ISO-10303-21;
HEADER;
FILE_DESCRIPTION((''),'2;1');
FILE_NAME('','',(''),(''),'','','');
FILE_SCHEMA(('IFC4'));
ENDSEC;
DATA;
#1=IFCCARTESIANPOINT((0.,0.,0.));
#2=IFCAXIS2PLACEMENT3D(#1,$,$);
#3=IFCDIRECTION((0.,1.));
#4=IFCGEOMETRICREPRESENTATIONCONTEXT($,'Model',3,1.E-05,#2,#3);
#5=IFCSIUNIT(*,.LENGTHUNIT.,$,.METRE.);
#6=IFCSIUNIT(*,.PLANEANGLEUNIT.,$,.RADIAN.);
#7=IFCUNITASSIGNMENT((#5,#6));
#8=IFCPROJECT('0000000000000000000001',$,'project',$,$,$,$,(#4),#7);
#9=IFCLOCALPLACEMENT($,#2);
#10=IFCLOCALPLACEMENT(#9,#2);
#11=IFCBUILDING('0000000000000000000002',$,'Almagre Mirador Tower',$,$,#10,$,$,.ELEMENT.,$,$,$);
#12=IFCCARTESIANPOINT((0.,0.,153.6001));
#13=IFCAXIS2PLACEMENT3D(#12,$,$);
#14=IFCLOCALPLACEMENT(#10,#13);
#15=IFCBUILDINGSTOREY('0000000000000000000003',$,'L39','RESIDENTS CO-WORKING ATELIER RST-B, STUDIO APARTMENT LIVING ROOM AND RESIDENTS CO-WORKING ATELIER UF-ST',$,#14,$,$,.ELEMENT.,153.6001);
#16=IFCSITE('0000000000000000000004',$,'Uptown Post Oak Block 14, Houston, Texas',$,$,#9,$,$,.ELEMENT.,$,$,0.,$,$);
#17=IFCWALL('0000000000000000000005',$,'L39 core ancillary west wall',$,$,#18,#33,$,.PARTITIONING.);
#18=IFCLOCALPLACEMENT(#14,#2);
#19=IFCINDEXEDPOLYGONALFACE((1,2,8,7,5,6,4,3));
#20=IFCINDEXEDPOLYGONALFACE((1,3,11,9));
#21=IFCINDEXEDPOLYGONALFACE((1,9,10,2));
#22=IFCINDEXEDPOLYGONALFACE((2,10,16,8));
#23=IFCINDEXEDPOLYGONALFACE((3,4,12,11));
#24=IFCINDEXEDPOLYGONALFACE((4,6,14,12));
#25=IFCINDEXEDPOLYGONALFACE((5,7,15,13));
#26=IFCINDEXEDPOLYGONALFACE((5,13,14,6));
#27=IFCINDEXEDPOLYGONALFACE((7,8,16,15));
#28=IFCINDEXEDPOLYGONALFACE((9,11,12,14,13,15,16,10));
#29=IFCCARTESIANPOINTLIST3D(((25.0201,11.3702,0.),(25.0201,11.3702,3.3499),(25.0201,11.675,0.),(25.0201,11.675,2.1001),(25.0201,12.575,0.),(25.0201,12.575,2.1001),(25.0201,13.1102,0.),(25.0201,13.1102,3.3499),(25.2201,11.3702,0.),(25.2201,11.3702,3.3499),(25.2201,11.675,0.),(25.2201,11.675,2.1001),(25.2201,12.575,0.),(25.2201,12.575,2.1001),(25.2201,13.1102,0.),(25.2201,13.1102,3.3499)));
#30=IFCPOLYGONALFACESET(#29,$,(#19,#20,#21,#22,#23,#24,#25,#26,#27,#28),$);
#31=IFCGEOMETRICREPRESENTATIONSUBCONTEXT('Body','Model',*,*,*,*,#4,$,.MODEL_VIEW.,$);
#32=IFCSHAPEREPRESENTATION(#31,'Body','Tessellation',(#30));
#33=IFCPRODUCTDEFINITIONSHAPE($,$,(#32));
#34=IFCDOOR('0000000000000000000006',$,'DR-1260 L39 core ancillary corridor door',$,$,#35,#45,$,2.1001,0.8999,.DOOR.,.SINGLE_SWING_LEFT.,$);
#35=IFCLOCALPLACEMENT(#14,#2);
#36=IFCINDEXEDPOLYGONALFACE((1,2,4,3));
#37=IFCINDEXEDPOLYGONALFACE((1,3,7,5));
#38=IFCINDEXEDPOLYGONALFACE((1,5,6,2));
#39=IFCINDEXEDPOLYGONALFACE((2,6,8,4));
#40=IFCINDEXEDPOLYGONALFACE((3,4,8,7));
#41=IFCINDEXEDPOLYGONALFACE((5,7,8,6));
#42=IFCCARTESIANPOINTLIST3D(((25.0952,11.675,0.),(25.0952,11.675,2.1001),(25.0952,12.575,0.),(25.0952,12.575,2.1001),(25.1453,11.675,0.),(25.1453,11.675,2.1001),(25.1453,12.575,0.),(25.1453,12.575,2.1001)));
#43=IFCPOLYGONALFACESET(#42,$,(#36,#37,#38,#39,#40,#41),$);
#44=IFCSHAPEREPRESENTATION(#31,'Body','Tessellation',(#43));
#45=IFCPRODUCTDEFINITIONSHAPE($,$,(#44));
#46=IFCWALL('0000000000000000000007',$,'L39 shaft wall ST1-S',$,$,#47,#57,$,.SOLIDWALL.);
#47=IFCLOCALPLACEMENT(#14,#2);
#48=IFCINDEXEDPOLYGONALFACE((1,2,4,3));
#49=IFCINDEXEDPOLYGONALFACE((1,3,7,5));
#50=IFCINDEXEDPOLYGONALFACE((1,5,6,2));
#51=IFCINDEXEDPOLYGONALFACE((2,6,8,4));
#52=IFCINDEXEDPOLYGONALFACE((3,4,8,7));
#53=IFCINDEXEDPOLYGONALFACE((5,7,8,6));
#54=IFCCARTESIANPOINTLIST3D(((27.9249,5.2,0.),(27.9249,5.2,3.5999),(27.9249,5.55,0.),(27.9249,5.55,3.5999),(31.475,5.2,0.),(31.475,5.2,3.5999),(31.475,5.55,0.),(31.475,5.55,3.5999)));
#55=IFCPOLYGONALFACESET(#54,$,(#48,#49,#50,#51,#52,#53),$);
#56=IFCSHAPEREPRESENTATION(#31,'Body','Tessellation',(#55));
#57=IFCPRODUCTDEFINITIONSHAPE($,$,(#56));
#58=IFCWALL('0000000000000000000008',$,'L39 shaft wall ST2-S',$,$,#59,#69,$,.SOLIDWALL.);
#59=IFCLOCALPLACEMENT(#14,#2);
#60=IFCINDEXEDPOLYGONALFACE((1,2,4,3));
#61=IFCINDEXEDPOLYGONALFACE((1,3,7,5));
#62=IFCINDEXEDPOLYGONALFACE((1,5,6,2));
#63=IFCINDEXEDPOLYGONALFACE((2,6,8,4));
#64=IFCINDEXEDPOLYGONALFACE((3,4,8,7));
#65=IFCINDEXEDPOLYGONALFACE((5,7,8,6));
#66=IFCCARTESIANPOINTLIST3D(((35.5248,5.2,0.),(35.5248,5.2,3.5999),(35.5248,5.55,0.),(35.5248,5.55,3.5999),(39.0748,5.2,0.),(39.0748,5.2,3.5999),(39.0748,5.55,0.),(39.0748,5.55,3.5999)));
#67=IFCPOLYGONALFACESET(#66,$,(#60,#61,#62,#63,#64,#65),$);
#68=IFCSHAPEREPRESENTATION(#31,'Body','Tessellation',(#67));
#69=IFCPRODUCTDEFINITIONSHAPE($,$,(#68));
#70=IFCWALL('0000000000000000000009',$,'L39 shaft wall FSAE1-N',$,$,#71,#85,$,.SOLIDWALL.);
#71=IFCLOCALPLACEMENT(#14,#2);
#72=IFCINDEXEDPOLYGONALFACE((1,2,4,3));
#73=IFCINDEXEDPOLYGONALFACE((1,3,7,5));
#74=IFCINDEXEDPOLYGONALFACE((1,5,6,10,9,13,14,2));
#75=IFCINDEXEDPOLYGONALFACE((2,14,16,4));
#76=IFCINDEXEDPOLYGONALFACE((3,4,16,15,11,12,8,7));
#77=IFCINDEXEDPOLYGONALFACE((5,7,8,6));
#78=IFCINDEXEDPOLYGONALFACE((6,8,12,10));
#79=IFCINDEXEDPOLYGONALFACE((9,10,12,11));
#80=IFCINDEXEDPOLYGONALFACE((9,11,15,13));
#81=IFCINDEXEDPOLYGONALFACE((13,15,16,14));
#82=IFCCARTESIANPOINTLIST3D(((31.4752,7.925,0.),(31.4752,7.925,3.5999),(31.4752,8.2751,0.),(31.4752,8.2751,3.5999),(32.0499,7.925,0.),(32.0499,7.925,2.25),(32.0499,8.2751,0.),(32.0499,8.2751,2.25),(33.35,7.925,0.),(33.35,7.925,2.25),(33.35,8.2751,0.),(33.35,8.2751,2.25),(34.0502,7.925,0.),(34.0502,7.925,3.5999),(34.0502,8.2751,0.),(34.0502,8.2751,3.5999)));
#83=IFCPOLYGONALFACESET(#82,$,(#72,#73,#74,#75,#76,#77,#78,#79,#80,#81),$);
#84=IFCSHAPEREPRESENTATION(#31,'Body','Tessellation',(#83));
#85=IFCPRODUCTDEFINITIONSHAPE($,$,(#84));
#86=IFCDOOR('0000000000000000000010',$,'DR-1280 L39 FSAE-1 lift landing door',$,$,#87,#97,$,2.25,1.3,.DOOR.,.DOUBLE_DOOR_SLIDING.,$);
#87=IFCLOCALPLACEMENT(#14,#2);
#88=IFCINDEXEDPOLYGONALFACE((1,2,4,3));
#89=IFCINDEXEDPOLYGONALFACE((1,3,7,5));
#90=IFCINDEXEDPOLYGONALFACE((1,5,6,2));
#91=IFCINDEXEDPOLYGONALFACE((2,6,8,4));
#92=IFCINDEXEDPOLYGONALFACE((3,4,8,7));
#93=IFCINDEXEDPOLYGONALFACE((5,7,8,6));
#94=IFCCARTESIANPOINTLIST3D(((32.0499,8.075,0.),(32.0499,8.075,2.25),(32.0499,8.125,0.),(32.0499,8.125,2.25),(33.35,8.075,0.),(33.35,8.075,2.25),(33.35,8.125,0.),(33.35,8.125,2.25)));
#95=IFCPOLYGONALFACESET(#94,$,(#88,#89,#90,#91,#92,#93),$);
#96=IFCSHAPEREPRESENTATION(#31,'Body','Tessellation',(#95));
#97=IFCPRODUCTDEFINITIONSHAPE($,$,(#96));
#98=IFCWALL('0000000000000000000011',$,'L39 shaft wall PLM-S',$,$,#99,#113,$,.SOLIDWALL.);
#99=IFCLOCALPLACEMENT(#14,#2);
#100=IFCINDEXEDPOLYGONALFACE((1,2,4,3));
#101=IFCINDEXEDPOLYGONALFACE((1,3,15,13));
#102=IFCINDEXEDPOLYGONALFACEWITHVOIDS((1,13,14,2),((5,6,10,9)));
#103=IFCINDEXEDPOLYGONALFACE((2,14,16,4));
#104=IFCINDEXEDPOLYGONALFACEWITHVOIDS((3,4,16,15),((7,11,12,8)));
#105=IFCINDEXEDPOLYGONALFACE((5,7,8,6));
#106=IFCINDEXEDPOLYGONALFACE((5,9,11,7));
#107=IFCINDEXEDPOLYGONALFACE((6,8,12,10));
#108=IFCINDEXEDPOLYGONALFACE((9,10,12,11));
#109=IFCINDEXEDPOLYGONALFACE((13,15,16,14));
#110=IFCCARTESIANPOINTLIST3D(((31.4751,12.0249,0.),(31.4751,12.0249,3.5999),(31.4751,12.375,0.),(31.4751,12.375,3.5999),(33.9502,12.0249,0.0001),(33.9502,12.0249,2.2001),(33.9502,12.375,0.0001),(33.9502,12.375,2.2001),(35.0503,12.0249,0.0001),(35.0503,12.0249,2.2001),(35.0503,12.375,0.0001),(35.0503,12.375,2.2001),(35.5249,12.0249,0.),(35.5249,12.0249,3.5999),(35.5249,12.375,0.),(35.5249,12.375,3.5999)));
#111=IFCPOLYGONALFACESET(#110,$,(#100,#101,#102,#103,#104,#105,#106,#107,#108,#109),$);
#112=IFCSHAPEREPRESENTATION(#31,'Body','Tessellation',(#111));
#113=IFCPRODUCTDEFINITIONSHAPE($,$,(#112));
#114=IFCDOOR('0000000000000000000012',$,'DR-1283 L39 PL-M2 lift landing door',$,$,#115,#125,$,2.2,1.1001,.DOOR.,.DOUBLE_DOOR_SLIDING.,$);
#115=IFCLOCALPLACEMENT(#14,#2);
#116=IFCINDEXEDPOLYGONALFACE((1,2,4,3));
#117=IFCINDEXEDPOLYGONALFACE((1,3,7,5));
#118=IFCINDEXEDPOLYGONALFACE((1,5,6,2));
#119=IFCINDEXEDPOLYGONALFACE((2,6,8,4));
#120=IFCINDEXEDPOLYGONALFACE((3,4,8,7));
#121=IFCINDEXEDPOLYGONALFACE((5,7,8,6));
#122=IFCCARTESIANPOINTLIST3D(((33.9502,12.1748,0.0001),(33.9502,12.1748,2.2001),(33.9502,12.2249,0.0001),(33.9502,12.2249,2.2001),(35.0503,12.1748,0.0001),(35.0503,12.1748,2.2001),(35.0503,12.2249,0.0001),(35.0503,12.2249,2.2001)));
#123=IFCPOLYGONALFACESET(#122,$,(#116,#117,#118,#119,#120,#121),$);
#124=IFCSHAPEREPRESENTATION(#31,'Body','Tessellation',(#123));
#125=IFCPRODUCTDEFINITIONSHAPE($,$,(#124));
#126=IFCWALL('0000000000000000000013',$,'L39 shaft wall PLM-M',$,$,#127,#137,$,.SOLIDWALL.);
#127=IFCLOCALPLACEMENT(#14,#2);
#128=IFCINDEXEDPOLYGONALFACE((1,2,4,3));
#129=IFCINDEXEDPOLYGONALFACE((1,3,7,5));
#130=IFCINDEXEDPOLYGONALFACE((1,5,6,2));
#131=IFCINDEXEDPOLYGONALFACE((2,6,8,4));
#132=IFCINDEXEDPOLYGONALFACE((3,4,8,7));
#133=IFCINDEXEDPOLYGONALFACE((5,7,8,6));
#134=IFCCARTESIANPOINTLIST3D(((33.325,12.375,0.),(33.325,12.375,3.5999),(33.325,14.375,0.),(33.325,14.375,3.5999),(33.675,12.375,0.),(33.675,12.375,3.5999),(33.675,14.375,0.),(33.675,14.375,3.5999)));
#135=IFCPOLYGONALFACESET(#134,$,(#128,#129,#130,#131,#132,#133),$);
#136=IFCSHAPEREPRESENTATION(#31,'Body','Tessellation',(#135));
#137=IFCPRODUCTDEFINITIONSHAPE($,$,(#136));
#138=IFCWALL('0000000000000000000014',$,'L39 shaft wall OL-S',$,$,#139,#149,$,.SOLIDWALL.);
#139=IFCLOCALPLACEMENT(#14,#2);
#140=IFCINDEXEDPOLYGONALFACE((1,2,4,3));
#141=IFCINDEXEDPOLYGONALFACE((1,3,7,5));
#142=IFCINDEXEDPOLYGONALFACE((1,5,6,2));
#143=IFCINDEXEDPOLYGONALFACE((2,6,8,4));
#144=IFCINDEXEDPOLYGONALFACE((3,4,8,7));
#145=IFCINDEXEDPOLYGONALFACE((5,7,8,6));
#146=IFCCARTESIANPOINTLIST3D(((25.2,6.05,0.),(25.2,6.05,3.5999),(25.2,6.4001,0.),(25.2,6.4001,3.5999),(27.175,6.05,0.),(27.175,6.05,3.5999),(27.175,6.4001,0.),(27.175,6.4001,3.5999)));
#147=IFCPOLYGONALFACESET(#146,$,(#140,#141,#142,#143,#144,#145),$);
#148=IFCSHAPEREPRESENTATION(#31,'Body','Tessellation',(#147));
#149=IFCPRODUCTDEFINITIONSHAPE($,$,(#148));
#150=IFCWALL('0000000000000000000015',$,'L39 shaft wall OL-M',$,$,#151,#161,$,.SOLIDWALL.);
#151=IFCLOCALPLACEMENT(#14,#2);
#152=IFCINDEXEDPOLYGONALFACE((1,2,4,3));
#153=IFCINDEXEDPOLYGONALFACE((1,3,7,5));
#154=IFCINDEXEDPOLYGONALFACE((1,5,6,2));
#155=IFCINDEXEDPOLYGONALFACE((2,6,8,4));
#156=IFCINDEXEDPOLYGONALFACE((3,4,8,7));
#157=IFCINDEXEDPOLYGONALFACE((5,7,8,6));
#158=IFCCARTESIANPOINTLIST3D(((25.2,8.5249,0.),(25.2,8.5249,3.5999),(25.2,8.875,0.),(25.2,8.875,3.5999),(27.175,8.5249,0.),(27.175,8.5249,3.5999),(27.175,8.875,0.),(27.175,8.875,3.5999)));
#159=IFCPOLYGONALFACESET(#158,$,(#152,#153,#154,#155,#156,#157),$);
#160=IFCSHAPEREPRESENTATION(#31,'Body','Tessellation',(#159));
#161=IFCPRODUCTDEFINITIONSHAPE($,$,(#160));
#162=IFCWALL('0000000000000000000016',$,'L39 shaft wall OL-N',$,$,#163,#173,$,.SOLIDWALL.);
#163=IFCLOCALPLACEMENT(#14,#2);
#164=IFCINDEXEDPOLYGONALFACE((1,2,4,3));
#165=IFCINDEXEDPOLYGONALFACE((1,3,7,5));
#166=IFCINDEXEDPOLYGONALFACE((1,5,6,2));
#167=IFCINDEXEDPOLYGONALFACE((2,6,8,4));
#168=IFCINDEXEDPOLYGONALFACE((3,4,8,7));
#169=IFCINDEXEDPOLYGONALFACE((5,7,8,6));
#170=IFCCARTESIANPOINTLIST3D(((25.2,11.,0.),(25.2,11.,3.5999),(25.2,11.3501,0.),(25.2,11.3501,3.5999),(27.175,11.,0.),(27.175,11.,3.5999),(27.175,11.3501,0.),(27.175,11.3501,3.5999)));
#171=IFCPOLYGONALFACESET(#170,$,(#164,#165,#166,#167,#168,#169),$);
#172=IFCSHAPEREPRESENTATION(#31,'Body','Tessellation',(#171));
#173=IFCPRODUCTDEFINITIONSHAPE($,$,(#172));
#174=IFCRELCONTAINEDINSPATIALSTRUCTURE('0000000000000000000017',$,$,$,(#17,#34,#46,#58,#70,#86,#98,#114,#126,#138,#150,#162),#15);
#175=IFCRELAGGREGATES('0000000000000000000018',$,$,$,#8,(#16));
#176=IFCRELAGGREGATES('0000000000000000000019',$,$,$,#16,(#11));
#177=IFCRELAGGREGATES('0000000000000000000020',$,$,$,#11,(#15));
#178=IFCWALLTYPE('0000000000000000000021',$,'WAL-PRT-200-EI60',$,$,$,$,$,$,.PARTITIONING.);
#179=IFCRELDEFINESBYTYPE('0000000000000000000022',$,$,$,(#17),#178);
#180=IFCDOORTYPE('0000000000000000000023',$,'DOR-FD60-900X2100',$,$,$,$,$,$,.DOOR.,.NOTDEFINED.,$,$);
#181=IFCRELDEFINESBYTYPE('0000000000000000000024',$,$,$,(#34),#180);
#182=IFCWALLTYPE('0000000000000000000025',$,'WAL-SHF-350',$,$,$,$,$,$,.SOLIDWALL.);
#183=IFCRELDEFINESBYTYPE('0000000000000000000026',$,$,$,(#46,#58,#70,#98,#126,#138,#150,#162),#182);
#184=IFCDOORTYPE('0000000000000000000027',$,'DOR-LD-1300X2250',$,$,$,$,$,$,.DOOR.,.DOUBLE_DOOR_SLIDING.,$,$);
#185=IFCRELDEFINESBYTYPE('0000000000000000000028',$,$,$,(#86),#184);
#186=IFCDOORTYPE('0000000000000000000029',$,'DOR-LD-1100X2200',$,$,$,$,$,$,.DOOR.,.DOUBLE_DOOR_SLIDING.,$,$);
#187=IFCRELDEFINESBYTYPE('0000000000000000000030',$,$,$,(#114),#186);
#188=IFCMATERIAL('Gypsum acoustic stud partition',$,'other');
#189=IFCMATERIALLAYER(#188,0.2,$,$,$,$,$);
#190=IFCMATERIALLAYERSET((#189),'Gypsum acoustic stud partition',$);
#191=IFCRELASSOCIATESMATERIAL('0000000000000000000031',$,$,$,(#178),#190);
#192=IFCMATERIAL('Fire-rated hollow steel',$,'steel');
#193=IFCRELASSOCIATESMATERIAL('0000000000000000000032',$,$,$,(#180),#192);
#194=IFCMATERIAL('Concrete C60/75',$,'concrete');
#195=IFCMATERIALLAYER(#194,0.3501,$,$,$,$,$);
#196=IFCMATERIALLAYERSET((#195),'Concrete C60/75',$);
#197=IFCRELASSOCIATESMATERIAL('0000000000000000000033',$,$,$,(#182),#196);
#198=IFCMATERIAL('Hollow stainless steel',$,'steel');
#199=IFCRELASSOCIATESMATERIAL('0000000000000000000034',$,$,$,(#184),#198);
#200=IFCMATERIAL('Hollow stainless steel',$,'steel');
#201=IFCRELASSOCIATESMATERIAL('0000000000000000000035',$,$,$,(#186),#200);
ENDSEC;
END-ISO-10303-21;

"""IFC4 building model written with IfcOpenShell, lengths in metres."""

from ifc_helpers import new_model, si_unit, direction, frame, frame_2d, origin, place, context, subcontext, project, spatial, rectangle, extrude, material, layer, layer_set, type_object, element, fill, save


model = new_model("IFC4")

# Units and contexts
model_context = context("Model", 3, precision=1e-05, world=origin(), true_north=direction((0.0, 1.0)))
body_context = subcontext(model_context, "Body", "Model", "MODEL_VIEW")
ifc_project = project(units=[si_unit("LENGTHUNIT", "METRE"), si_unit("PLANEANGLEUNIT", "RADIAN")], contexts=[model_context])

# Site, building, storey
site_placement = place(None, origin())
site = spatial("IfcSite", under=ifc_project, at=site_placement, Name="Uptown Post Oak Block 14, Houston, Texas", CompositionType="ELEMENT", RefElevation=0.0)
building_placement = place(site_placement, origin())
building = spatial("IfcBuilding", under=site, at=building_placement, Name="Almagre Mirador Tower", CompositionType="ELEMENT")
storey_placement = place(building_placement, frame((0.0, 0.0, 153.6001)))
storey = spatial("IfcBuildingStorey", under=building, at=storey_placement, Name="L39", Description="RESIDENTS CO-WORKING ATELIER RST-B, STUDIO APARTMENT LIVING ROOM AND RESIDENTS CO-WORKING ATELIER UF-ST", CompositionType="ELEMENT", Elevation=153.6001)

# Wall, opening, door
ifc_material_1 = material(Name="Gypsum acoustic stud partition", Category="other")
ifc_layer_1 = layer(ifc_material_1, 0.2)
ifc_layer_set_1 = layer_set([ifc_layer_1], Name="Gypsum acoustic stud partition")
wall_type_1 = type_object("IfcWallType", Name="WAL-PRT-200-EI60", PredefinedType="PARTITIONING", material=ifc_layer_set_1)
wall_1_placement = place(storey_placement, frame((25.1201, 11.3701, 0.0), z_axis=(0.0, 0.0, 1.0), x_axis=(0.0, 1.0, 0.0)))
wall_1 = element("IfcWall", 1, at=wall_1_placement, inside=storey, type_object=wall_type_1, Name="L39 core ancillary west wall", PredefinedType="PARTITIONING", context=body_context, shape_type="SweptSolid", body=[
    extrude(rectangle(XDim=1.74, YDim=0.2, at=frame_2d((0.8701, 0.0))), origin(), (0.0, 0.0, 1.0), 3.3499),
])
opening_1_placement = place(wall_1_placement, frame((0.3049, 0.0, 0.0)))
opening_1 = element("IfcOpeningElement", 2, at=opening_1_placement, cuts=wall_1, PredefinedType="OPENING", context=body_context, shape_type="SweptSolid", body=[
    extrude(rectangle(XDim=0.8999, YDim=2.1001, at=frame_2d((0.45, 1.05))), frame((0.0, 0.1101, 0.0), z_axis=(0.0, -1.0, 0.0), x_axis=(1.0, 0.0, 0.0)), (0.0, 0.0, 1.0), 0.22),
])
ifc_material_2 = material(Name="Fire-rated hollow steel", Category="steel")
door_type_1 = type_object("IfcDoorType", Name="DOR-FD60-900X2100", OperationType="NOTDEFINED", PredefinedType="DOOR", material=ifc_material_2)
door_1_placement = place(opening_1_placement, origin())
door_1 = element("IfcDoor", 3, at=door_1_placement, inside=storey, type_object=door_type_1, Name="DR-1260 L39 core ancillary corridor door", OperationType="SINGLE_SWING_LEFT", OverallHeight=2.1001, OverallWidth=0.8999, PredefinedType="DOOR", context=body_context, shape_type="SweptSolid", body=[
    extrude(rectangle(XDim=0.8999, YDim=2.1001, at=frame_2d((0.45, 1.05))), frame((0.0, 0.0249, 0.0), z_axis=(0.0, -1.0, 0.0), x_axis=(1.0, 0.0, 0.0)), (0.0, 0.0, 1.0), 0.05),
])
fill(opening_1, door_1)

# Walls
ifc_material_3 = material(Name="Concrete C60/75", Category="concrete")
ifc_layer_2 = layer(ifc_material_3, 0.3501)
ifc_layer_set_2 = layer_set([ifc_layer_2], Name="Concrete C60/75")
wall_type_2 = type_object("IfcWallType", Name="WAL-SHF-350", PredefinedType="SOLIDWALL", material=ifc_layer_set_2)
for number, where, z_axis, x_axis, name in (
    (4, (27.925, 5.375, 0.0), (0.0, 0.0, 1.0), (1.0, 0.0, 0.0), "L39 shaft wall ST1-S"),
    (5, (35.5249, 5.375, 0.0), (0.0, 0.0, 1.0), (1.0, 0.0, 0.0), "L39 shaft wall ST2-S"),
):
    element("IfcWall", number, at=place(storey_placement, frame(where, z_axis=z_axis, x_axis=x_axis)), inside=storey, type_object=wall_type_2, Name=name, PredefinedType="SOLIDWALL", context=body_context, shape_type="SweptSolid", body=[
        extrude(rectangle(XDim=3.55, YDim=0.3501, at=frame_2d((1.7749, 0.0))), origin(), (0.0, 0.0, 1.0), 3.5999),
    ])

# Walls, openings, doors
wall_2_placement = place(storey_placement, frame((31.4751, 8.1001, 0.0), z_axis=(0.0, 0.0, 1.0), x_axis=(1.0, 0.0, 0.0)))
wall_2 = element("IfcWall", 6, at=wall_2_placement, inside=storey, type_object=wall_type_2, Name="L39 shaft wall FSAE1-N", PredefinedType="SOLIDWALL", context=body_context, shape_type="SweptSolid", body=[
    extrude(rectangle(XDim=2.575, YDim=0.3501, at=frame_2d((1.2876, 0.0))), origin(), (0.0, 0.0, 1.0), 3.5999),
])
opening_2_placement = place(wall_2_placement, frame((0.575, 0.0, 0.0)))
opening_2 = element("IfcOpeningElement", 7, at=opening_2_placement, cuts=wall_2, PredefinedType="OPENING", context=body_context, shape_type="SweptSolid", body=[
    extrude(rectangle(XDim=1.3, YDim=2.25, at=frame_2d((0.6499, 1.125))), frame((0.0, 0.185, 0.0), z_axis=(0.0, -1.0, 0.0), x_axis=(1.0, 0.0, 0.0)), (0.0, 0.0, 1.0), 0.3701),
])
ifc_material_4 = material(Name="Hollow stainless steel", Category="steel")
door_type_2 = type_object("IfcDoorType", Name="DOR-LD-1300X2250", OperationType="DOUBLE_DOOR_SLIDING", PredefinedType="DOOR", material=ifc_material_4)
door_2_placement = place(opening_2_placement, origin())
door_2 = element("IfcDoor", 8, at=door_2_placement, inside=storey, type_object=door_type_2, Name="DR-1280 L39 FSAE-1 lift landing door", OperationType="DOUBLE_DOOR_SLIDING", OverallHeight=2.25, OverallWidth=1.3, PredefinedType="DOOR", context=body_context, shape_type="SweptSolid", body=[
    extrude(rectangle(XDim=1.3, YDim=2.25, at=frame_2d((0.6499, 1.125))), frame((0.0, 0.0249, 0.0), z_axis=(0.0, -1.0, 0.0), x_axis=(1.0, 0.0, 0.0)), (0.0, 0.0, 1.0), 0.05),
])
fill(opening_2, door_2)
wall_3_placement = place(storey_placement, frame((31.4751, 12.2, 0.0), z_axis=(0.0, 0.0, 1.0), x_axis=(1.0, 0.0, 0.0)))
wall_3 = element("IfcWall", 9, at=wall_3_placement, inside=storey, type_object=wall_type_2, Name="L39 shaft wall PLM-S", PredefinedType="SOLIDWALL", context=body_context, shape_type="SweptSolid", body=[
    extrude(rectangle(XDim=4.0498, YDim=0.3501, at=frame_2d((2.0249, 0.0))), origin(), (0.0, 0.0, 1.0), 3.5999),
])
opening_3_placement = place(wall_3_placement, frame((2.4751, 0.0, 0.0)))
opening_3 = element("IfcOpeningElement", 10, at=opening_3_placement, cuts=wall_3, PredefinedType="OPENING", context=body_context, shape_type="SweptSolid", body=[
    extrude(rectangle(XDim=1.1001, YDim=2.2, at=frame_2d((0.55, 1.1001))), frame((0.0, 0.185, 0.0), z_axis=(0.0, -1.0, 0.0), x_axis=(1.0, 0.0, 0.0)), (0.0, 0.0, 1.0), 0.3701),
])
ifc_material_5 = material(Name="Hollow stainless steel", Category="steel")
door_type_3 = type_object("IfcDoorType", Name="DOR-LD-1100X2200", OperationType="DOUBLE_DOOR_SLIDING", PredefinedType="DOOR", material=ifc_material_5)
door_3_placement = place(opening_3_placement, origin())
door_3 = element("IfcDoor", 11, at=door_3_placement, inside=storey, type_object=door_type_3, Name="DR-1283 L39 PL-M2 lift landing door", OperationType="DOUBLE_DOOR_SLIDING", OverallHeight=2.2, OverallWidth=1.1001, PredefinedType="DOOR", context=body_context, shape_type="SweptSolid", body=[
    extrude(rectangle(XDim=1.1001, YDim=2.2, at=frame_2d((0.55, 1.1001))), frame((0.0, 0.0249, 0.0), z_axis=(0.0, -1.0, 0.0), x_axis=(1.0, 0.0, 0.0)), (0.0, 0.0, 1.0), 0.05),
])
fill(opening_3, door_3)

# Walls
wall_4_placement = place(storey_placement, frame((33.5, 12.375, 0.0), z_axis=(0.0, 0.0, 1.0), x_axis=(0.0, 1.0, 0.0)))
element("IfcWall", 12, at=wall_4_placement, inside=storey, type_object=wall_type_2, Name="L39 shaft wall PLM-M", PredefinedType="SOLIDWALL", context=body_context, shape_type="SweptSolid", body=[
    extrude(rectangle(XDim=2.0, YDim=0.3501, at=frame_2d((1.0, 0.0))), origin(), (0.0, 0.0, 1.0), 3.5999),
])
for number, where, z_axis, x_axis, name in (
    (13, (25.2, 6.2251, 0.0), (0.0, 0.0, 1.0), (1.0, 0.0, 0.0), "L39 shaft wall OL-S"),
    (14, (25.2, 8.7, 0.0), (0.0, 0.0, 1.0), (1.0, 0.0, 0.0), "L39 shaft wall OL-M"),
    (15, (25.2, 11.175, 0.0), (0.0, 0.0, 1.0), (1.0, 0.0, 0.0), "L39 shaft wall OL-N"),
):
    element("IfcWall", number, at=place(storey_placement, frame(where, z_axis=z_axis, x_axis=x_axis)), inside=storey, type_object=wall_type_2, Name=name, PredefinedType="SOLIDWALL", context=body_context, shape_type="SweptSolid", body=[
        extrude(rectangle(XDim=1.9751, YDim=0.3501, at=frame_2d((0.9875, 0.0))), origin(), (0.0, 0.0, 1.0), 3.5999),
    ])

save(model, "model.ifc")
